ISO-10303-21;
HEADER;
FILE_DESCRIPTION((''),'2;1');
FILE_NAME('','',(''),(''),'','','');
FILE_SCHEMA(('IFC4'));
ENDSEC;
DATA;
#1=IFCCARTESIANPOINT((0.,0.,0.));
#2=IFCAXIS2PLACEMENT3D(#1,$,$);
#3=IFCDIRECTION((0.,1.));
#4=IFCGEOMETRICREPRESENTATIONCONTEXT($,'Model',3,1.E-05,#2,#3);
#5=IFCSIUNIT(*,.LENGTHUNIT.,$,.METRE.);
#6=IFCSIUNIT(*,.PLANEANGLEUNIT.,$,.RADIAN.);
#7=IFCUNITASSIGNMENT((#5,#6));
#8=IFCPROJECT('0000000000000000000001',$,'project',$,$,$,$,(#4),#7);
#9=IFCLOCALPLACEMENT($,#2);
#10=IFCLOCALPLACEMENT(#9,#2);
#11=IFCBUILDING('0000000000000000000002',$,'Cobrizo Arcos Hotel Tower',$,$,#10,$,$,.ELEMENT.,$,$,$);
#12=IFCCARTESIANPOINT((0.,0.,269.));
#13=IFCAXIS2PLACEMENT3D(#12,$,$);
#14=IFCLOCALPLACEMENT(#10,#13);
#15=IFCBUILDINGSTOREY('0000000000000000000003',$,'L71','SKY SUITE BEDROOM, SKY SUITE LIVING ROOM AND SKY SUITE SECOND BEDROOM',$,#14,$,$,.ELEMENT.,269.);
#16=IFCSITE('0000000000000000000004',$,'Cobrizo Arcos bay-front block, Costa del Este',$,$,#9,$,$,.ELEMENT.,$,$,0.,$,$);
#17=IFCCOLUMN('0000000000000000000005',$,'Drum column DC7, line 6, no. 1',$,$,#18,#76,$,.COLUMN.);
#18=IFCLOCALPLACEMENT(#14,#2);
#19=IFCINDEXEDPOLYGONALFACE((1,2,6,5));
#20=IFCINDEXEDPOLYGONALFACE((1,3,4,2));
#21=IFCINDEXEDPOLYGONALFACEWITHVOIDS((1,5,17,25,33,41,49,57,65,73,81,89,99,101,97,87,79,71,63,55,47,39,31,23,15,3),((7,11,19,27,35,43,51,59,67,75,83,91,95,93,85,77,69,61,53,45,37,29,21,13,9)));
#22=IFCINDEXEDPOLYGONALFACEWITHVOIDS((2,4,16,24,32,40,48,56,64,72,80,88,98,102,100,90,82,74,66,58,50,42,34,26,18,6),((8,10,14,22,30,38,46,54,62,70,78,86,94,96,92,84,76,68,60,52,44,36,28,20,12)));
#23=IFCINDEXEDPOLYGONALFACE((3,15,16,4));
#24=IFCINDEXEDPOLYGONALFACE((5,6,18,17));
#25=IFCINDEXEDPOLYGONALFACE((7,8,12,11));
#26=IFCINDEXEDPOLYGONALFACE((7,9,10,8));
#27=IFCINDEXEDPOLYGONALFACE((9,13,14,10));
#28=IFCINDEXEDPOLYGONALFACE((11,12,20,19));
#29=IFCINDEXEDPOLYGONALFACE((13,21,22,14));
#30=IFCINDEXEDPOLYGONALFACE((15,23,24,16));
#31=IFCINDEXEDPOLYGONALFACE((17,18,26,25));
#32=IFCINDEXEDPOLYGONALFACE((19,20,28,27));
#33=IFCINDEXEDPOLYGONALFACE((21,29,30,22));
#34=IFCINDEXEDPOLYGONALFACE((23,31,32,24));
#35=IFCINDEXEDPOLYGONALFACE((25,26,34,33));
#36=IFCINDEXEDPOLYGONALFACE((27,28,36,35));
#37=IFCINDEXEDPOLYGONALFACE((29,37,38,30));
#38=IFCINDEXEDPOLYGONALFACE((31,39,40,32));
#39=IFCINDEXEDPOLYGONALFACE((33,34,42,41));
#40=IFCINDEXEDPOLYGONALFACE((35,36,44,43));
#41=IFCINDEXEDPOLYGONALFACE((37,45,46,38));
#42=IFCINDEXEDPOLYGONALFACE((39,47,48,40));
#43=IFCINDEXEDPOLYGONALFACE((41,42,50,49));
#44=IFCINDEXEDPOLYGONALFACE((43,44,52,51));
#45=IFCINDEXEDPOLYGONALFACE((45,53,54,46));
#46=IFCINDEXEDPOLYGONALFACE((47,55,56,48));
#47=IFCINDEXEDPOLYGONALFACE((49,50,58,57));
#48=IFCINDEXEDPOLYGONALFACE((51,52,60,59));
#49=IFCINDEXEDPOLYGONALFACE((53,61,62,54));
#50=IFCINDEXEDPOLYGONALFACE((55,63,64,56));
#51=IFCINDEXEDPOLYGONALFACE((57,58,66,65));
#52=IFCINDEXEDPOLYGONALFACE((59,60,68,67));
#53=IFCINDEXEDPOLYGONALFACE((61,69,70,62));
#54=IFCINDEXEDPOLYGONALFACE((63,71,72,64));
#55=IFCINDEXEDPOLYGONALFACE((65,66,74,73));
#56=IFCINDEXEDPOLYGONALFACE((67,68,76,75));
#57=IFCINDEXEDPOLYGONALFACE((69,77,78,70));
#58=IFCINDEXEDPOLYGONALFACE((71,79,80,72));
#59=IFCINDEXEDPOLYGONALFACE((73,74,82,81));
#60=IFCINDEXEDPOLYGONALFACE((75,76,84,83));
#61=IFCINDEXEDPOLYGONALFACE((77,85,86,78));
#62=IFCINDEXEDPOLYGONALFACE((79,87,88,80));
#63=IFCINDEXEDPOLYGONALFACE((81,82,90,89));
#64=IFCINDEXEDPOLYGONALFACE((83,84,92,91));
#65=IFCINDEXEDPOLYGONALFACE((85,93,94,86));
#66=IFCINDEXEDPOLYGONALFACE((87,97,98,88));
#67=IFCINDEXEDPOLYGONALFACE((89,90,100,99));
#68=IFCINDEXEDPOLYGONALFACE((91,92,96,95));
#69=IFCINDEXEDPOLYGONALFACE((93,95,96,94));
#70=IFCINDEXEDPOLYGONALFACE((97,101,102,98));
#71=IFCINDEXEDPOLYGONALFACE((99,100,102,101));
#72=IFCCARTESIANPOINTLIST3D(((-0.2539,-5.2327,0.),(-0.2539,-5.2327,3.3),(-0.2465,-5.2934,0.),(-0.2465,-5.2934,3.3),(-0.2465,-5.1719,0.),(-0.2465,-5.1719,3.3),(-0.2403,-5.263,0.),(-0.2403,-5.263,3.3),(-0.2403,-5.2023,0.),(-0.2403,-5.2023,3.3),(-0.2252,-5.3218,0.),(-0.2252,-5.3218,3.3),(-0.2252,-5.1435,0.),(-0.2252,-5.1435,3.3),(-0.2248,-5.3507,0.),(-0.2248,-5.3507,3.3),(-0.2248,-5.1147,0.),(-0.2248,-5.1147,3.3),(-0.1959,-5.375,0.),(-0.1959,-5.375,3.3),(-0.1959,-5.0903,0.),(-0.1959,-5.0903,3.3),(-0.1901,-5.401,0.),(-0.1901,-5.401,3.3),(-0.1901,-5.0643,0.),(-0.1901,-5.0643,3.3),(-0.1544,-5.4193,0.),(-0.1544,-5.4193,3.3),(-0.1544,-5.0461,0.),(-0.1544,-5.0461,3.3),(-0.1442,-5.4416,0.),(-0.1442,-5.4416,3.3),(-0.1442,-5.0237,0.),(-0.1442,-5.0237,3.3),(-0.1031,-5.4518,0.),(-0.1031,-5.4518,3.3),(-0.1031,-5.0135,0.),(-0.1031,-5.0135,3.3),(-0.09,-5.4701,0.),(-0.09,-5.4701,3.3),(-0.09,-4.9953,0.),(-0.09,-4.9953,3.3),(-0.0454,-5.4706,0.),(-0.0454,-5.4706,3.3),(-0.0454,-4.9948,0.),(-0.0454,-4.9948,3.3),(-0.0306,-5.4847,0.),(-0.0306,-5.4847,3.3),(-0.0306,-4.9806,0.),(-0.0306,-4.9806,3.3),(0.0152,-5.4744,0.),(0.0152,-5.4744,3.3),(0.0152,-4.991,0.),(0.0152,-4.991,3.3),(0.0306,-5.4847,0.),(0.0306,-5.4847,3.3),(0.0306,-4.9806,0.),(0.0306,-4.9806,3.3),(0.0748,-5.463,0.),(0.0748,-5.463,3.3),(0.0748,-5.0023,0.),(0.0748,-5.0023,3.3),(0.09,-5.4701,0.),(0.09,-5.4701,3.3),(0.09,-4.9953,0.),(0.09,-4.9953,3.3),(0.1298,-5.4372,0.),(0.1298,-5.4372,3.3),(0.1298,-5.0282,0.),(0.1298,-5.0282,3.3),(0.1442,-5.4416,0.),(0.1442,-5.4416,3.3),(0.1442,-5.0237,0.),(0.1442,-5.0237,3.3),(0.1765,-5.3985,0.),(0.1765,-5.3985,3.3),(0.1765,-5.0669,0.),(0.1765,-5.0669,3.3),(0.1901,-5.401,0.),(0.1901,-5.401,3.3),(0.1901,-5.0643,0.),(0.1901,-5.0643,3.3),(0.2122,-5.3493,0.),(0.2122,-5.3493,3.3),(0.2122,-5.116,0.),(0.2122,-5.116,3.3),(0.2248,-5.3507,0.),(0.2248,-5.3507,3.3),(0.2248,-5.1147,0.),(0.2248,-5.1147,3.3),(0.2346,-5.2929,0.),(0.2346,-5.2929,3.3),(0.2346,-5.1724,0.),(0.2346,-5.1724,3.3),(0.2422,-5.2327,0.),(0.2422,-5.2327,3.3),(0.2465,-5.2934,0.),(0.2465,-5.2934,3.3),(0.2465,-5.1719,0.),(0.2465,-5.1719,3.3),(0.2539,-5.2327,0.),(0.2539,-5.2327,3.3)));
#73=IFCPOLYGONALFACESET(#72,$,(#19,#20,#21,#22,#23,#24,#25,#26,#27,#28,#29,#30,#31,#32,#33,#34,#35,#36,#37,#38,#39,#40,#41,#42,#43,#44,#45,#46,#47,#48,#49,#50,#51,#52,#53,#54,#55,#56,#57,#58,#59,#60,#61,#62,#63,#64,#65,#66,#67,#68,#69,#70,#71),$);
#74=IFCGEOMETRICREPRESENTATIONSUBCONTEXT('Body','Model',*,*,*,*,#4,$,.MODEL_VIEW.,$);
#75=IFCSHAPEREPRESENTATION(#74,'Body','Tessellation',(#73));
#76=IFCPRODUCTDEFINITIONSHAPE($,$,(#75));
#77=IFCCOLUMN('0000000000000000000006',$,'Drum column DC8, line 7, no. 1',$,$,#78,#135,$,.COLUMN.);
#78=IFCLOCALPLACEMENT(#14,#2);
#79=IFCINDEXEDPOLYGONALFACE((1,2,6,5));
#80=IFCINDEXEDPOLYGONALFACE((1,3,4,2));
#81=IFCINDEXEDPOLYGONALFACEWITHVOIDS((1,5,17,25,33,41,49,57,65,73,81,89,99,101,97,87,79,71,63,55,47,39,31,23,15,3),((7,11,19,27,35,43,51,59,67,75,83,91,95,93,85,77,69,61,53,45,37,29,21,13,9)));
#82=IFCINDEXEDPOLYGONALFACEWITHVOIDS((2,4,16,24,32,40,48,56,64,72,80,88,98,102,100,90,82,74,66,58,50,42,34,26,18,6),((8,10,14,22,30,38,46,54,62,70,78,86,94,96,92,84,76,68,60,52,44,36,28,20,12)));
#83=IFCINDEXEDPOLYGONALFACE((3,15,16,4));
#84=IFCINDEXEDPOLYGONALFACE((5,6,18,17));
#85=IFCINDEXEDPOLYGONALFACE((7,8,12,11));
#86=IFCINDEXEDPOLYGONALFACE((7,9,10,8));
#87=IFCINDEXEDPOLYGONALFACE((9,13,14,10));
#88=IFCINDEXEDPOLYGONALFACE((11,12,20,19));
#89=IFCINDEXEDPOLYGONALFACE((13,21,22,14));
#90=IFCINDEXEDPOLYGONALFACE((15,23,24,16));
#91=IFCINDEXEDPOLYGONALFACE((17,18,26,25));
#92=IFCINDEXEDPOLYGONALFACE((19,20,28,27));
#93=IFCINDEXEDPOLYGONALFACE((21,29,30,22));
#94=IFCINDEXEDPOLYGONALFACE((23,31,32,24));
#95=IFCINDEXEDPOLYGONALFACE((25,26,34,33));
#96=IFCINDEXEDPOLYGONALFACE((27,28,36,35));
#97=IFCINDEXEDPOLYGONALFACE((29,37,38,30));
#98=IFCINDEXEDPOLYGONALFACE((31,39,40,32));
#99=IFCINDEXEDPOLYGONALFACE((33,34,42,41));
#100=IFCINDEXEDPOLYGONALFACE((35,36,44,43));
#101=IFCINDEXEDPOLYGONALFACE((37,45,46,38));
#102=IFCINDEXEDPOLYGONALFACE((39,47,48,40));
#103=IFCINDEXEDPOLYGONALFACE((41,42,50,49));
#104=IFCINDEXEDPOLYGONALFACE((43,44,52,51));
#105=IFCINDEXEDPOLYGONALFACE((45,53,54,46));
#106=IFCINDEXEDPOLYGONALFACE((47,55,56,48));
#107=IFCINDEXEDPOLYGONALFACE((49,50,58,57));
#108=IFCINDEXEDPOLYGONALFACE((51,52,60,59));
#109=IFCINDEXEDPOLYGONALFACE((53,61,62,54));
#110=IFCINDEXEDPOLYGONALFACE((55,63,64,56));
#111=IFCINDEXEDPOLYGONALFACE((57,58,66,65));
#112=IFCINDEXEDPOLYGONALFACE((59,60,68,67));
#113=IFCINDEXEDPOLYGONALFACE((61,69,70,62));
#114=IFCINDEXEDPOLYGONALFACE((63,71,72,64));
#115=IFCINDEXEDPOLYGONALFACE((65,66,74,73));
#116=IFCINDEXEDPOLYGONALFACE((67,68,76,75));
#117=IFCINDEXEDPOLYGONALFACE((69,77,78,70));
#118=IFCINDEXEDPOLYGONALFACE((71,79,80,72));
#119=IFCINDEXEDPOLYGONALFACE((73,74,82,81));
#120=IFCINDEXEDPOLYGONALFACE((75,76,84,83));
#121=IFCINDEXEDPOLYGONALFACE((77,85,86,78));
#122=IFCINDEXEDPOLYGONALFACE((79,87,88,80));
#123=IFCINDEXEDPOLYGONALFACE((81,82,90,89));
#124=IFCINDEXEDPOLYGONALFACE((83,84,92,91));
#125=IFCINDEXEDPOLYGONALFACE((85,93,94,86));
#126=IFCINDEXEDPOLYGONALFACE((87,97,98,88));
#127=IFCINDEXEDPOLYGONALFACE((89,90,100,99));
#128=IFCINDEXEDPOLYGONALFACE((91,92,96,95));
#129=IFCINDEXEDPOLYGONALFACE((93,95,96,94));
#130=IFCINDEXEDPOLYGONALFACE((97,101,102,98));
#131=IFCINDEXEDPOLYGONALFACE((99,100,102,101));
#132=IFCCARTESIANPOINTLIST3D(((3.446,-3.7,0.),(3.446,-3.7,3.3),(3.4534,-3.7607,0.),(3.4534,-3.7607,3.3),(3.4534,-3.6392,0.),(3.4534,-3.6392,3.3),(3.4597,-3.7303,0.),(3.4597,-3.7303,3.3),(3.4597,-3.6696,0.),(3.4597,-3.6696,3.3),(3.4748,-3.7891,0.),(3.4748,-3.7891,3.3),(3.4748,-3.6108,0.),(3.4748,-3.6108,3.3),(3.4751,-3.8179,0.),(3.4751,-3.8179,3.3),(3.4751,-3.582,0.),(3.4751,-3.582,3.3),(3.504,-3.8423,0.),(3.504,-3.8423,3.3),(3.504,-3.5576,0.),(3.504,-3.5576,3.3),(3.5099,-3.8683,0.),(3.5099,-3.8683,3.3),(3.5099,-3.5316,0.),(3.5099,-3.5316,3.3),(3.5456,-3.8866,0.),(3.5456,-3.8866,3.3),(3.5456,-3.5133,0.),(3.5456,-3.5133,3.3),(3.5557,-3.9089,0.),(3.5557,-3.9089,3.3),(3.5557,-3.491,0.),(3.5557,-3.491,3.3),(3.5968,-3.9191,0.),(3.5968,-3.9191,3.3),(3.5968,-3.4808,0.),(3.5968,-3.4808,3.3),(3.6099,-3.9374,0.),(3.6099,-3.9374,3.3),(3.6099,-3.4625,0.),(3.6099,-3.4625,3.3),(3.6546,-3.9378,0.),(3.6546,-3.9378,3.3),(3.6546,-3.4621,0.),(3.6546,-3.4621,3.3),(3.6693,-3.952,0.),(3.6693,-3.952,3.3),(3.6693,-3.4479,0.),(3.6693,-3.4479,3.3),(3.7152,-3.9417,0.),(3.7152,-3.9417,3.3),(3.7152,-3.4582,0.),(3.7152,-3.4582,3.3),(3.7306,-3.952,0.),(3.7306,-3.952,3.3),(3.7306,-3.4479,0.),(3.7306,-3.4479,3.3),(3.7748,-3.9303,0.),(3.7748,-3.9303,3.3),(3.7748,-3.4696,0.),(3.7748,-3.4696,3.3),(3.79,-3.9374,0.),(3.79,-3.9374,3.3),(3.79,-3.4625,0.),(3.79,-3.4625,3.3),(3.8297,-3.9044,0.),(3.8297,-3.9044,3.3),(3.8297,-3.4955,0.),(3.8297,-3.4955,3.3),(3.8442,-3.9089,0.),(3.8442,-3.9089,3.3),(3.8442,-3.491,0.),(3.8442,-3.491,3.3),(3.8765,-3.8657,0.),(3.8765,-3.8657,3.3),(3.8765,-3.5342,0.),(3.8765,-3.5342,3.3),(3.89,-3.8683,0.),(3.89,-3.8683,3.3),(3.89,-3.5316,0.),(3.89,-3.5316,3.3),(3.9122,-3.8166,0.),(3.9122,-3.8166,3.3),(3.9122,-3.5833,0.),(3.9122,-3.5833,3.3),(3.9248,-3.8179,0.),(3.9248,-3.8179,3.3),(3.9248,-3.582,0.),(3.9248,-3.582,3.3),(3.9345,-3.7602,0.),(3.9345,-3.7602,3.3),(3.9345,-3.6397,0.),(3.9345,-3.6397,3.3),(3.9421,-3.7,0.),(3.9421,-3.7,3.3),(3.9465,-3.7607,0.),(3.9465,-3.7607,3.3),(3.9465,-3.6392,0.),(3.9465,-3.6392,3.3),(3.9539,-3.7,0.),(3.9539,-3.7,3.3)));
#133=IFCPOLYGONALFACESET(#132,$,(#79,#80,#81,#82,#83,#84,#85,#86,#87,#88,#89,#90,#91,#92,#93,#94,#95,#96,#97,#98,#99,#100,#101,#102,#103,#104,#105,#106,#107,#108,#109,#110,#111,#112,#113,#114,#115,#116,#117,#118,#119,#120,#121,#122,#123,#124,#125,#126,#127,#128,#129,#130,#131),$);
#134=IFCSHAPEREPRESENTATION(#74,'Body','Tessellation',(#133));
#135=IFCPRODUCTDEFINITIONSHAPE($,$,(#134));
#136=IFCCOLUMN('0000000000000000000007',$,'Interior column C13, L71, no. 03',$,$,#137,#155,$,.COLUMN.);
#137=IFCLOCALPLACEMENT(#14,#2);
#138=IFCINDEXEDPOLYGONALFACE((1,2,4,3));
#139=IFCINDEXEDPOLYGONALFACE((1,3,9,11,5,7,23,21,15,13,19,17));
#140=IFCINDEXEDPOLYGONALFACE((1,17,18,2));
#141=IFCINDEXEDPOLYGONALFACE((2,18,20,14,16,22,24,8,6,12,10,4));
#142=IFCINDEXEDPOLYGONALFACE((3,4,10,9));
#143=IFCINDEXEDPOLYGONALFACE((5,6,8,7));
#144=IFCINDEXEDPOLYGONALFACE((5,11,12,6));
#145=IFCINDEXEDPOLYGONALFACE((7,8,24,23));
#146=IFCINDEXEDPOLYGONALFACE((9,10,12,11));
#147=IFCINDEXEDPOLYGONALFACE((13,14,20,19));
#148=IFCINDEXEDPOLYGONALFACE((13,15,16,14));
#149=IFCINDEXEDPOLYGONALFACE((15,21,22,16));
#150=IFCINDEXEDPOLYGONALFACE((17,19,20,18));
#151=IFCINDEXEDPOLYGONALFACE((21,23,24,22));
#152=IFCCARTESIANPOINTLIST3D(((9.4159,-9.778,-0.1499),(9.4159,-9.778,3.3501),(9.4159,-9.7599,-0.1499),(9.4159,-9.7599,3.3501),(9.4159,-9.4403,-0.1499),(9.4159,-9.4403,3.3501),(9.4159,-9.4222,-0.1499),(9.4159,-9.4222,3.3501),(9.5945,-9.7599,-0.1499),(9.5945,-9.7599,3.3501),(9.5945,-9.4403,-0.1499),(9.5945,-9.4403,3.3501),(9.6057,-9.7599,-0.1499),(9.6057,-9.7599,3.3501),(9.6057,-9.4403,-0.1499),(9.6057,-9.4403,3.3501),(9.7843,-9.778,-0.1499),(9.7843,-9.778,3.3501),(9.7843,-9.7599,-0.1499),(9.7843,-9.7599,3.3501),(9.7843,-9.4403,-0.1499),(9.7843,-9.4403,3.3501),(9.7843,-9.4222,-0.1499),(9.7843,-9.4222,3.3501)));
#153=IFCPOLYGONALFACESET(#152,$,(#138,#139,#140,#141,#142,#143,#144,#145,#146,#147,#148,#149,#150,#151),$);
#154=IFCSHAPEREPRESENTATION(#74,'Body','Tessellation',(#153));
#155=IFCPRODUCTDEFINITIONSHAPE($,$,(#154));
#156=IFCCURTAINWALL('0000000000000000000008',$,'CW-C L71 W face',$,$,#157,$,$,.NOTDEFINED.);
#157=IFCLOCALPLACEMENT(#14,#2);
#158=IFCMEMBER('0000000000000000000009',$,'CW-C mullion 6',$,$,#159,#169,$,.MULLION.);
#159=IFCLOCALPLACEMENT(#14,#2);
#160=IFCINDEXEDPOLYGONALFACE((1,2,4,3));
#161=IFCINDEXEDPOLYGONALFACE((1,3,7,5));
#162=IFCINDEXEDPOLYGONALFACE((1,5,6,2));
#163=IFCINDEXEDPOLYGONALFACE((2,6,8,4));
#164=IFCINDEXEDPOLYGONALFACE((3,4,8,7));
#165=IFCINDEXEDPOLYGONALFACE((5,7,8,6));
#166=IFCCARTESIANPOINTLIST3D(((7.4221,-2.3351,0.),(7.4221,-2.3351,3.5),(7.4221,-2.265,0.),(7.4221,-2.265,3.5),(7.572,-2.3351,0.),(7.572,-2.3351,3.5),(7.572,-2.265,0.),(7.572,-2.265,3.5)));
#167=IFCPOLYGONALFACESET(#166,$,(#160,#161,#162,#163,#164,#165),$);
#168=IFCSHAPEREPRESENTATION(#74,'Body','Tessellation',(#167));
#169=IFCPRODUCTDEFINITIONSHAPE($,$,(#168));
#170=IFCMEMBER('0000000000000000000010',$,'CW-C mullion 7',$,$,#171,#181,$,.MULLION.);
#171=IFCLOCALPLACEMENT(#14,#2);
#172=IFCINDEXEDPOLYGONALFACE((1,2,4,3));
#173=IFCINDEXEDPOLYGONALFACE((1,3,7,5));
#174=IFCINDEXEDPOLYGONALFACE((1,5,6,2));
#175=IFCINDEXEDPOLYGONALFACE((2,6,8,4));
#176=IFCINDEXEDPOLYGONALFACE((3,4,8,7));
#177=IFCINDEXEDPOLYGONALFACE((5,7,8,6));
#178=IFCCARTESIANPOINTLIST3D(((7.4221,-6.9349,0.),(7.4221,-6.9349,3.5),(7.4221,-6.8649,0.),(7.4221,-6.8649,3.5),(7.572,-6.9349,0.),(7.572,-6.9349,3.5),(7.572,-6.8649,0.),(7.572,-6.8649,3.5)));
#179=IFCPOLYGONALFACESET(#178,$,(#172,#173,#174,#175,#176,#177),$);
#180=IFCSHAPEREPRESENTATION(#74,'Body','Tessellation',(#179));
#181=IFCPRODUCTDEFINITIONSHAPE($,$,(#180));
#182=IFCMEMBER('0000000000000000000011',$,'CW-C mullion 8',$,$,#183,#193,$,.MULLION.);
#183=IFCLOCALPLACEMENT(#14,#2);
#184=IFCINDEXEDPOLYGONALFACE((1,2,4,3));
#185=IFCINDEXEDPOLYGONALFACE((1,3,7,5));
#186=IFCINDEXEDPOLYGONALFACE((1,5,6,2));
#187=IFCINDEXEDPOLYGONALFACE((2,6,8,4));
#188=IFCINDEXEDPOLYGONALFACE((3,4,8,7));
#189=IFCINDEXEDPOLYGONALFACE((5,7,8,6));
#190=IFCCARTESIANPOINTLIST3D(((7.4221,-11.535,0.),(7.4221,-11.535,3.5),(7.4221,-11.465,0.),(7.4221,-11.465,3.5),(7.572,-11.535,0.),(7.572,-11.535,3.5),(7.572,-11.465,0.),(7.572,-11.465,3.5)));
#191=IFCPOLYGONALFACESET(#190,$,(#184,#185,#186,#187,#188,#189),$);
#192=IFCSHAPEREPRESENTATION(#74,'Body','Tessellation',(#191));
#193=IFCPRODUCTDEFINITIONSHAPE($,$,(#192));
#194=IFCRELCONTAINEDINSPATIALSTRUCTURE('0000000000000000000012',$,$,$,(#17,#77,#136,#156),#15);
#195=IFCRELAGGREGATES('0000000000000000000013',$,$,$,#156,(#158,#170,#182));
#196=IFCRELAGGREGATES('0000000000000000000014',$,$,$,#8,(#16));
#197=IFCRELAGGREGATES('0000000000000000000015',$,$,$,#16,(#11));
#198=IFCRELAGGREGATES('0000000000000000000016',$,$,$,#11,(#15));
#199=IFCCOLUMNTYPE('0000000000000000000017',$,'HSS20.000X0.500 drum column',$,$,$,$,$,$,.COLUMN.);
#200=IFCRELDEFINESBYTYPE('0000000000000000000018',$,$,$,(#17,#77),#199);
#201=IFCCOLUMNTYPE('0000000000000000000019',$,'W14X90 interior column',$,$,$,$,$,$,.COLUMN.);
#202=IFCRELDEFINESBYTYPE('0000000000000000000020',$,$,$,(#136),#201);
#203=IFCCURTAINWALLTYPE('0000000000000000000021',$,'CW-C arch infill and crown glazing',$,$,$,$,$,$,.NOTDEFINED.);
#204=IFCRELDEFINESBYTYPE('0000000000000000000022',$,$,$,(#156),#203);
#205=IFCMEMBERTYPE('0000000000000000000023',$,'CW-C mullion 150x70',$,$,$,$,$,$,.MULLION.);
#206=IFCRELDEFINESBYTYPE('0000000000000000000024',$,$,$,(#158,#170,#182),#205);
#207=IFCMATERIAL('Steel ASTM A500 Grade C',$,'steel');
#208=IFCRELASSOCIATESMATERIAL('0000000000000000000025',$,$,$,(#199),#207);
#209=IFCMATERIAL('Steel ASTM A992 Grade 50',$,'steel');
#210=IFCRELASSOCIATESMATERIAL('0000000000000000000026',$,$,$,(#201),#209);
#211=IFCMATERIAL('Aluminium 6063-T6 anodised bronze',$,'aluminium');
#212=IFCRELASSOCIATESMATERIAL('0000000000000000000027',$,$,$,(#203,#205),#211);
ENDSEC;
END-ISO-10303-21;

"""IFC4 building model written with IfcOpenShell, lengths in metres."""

from ifc_helpers import new_model, si_unit, direction, frame, origin, origin_2d, place, context, subcontext, project, spatial, rectangle, hollow_circle, i_section, extrude, material, material_profile, profile_set, type_object, element, aggregate, save


model = new_model("IFC4")

# Units and contexts
model_context = context("Model", 3, precision=1e-05, world=origin(), true_north=direction((0.0, 1.0)))
body_context = subcontext(model_context, "Body", "Model", "MODEL_VIEW")
ifc_project = project(units=[si_unit("LENGTHUNIT", "METRE"), si_unit("PLANEANGLEUNIT", "RADIAN")], contexts=[model_context])

# Site, building, storey
site_placement = place(None, origin())
site = spatial("IfcSite", under=ifc_project, at=site_placement, Name="Cobrizo Arcos bay-front block, Costa del Este", CompositionType="ELEMENT", RefElevation=0.0)
building_placement = place(site_placement, origin())
building = spatial("IfcBuilding", under=site, at=building_placement, Name="Cobrizo Arcos Hotel Tower", CompositionType="ELEMENT")
storey_placement = place(building_placement, frame((0.0, 0.0, 269.0)))
storey = spatial("IfcBuildingStorey", under=building, at=storey_placement, Name="L71", Description="SKY SUITE BEDROOM, SKY SUITE LIVING ROOM AND SKY SUITE SECOND BEDROOM", CompositionType="ELEMENT", Elevation=269.0)

# Columns
ifc_material_1 = material(Name="Steel ASTM A500 Grade C", Category="steel")
ifc_material_profile_1 = material_profile(ifc_material_1, hollow_circle(Radius=0.2539, WallThickness=0.0117, at=origin_2d()), Name="HSS20.000X0.500")
ifc_profile_set_1 = profile_set([ifc_material_profile_1], Name="Steel ASTM A500 Grade C")
column_type_1 = type_object("IfcColumnType", Name="HSS20.000X0.500 drum column", PredefinedType="COLUMN", material=ifc_profile_set_1)
for number, where, z_axis, x_axis, name in (
    (1, (0.0, -5.2327, 0.0), (0.0, 0.0, 1.0), (1.0, 0.0, 0.0), "Drum column DC7, line 6, no. 1"),
    (2, (3.7, -3.7, 0.0), (0.0, 0.0, 1.0), (1.0, 0.0, 0.0), "Drum column DC8, line 7, no. 1"),
):
    element("IfcColumn", number, at=place(storey_placement, frame(where, z_axis=z_axis, x_axis=x_axis)), inside=storey, type_object=column_type_1, Name=name, PredefinedType="COLUMN", context=body_context, shape_type="SweptSolid", body=[
        extrude(hollow_circle(Radius=0.2539, WallThickness=0.0117, at=origin_2d()), origin(), (0.0, 0.0, 1.0), 3.3),
    ])
ifc_material_2 = material(Name="Steel ASTM A992 Grade 50", Category="steel")
ifc_material_profile_2 = material_profile(ifc_material_2, i_section(OverallWidth=0.3684, OverallDepth=0.3557, WebThickness=0.0112, FlangeThickness=0.0181, at=origin_2d()), Name="W14X90")
ifc_profile_set_2 = profile_set([ifc_material_profile_2], Name="Steel ASTM A992 Grade 50")
column_type_2 = type_object("IfcColumnType", Name="W14X90 interior column", PredefinedType="COLUMN", material=ifc_profile_set_2)
column_placement = place(storey_placement, frame((9.6001, -9.6001, -0.1499), z_axis=(0.0, 0.0, 1.0), x_axis=(1.0, 0.0, 0.0)))
element("IfcColumn", 3, at=column_placement, inside=storey, type_object=column_type_2, Name="Interior column C13, L71, no. 03", PredefinedType="COLUMN", context=body_context, shape_type="SweptSolid", body=[
    extrude(i_section(OverallWidth=0.3684, OverallDepth=0.3557, WebThickness=0.0112, FlangeThickness=0.0181, at=origin_2d()), origin(), (0.0, 0.0, 1.0), 3.5),
])

# Curtain wall, members
ifc_material_3 = material(Name="Aluminium 6063-T6 anodised bronze", Category="aluminium")
curtain_wall_type = type_object("IfcCurtainWallType", Name="CW-C arch infill and crown glazing", PredefinedType="NOTDEFINED", material=ifc_material_3)
curtain_wall_placement = place(storey_placement, origin())
curtain_wall = element("IfcCurtainWall", 4, at=curtain_wall_placement, inside=storey, type_object=curtain_wall_type, Name="CW-C L71 W face", PredefinedType="NOTDEFINED")
ifc_material_profile_3 = material_profile(ifc_material_3, rectangle(XDim=0.1499, YDim=0.0701, at=origin_2d()), Name="CW-C mullion 150x70")
ifc_profile_set_3 = profile_set([ifc_material_profile_3], Name="Aluminium 6063-T6 anodised bronze")
member_type_1 = type_object("IfcMemberType", Name="CW-C mullion 150x70", PredefinedType="MULLION", material=ifc_profile_set_3)
member_1_placement = place(storey_placement, frame((7.4971, -2.3, 0.0), z_axis=(0.0, 0.0, 1.0), x_axis=(-1.0, 0.0, 0.0)))
member_1 = element("IfcMember", 5, at=member_1_placement, type_object=member_type_1, Name="CW-C mullion 6", PredefinedType="MULLION", context=body_context, shape_type="SweptSolid", body=[
    extrude(rectangle(XDim=0.1499, YDim=0.0701, at=origin_2d()), origin(), (0.0, 0.0, 1.0), 3.5),
])
member_2_placement = place(storey_placement, frame((7.4971, -6.8999, 0.0), z_axis=(0.0, 0.0, 1.0), x_axis=(-1.0, 0.0, 0.0)))
member_2 = element("IfcMember", 6, at=member_2_placement, type_object=member_type_1, Name="CW-C mullion 7", PredefinedType="MULLION", context=body_context, shape_type="SweptSolid", body=[
    extrude(rectangle(XDim=0.1499, YDim=0.0701, at=origin_2d()), origin(), (0.0, 0.0, 1.0), 3.5),
])
member_3_placement = place(storey_placement, frame((7.4971, -11.5, 0.0), z_axis=(0.0, 0.0, 1.0), x_axis=(-1.0, 0.0, 0.0)))
member_3 = element("IfcMember", 7, at=member_3_placement, type_object=member_type_1, Name="CW-C mullion 8", PredefinedType="MULLION", context=body_context, shape_type="SweptSolid", body=[
    extrude(rectangle(XDim=0.1499, YDim=0.0701, at=origin_2d()), origin(), (0.0, 0.0, 1.0), 3.5),
])

aggregate(curtain_wall, [member_1, member_2, member_3])

save(model, "model.ifc")
